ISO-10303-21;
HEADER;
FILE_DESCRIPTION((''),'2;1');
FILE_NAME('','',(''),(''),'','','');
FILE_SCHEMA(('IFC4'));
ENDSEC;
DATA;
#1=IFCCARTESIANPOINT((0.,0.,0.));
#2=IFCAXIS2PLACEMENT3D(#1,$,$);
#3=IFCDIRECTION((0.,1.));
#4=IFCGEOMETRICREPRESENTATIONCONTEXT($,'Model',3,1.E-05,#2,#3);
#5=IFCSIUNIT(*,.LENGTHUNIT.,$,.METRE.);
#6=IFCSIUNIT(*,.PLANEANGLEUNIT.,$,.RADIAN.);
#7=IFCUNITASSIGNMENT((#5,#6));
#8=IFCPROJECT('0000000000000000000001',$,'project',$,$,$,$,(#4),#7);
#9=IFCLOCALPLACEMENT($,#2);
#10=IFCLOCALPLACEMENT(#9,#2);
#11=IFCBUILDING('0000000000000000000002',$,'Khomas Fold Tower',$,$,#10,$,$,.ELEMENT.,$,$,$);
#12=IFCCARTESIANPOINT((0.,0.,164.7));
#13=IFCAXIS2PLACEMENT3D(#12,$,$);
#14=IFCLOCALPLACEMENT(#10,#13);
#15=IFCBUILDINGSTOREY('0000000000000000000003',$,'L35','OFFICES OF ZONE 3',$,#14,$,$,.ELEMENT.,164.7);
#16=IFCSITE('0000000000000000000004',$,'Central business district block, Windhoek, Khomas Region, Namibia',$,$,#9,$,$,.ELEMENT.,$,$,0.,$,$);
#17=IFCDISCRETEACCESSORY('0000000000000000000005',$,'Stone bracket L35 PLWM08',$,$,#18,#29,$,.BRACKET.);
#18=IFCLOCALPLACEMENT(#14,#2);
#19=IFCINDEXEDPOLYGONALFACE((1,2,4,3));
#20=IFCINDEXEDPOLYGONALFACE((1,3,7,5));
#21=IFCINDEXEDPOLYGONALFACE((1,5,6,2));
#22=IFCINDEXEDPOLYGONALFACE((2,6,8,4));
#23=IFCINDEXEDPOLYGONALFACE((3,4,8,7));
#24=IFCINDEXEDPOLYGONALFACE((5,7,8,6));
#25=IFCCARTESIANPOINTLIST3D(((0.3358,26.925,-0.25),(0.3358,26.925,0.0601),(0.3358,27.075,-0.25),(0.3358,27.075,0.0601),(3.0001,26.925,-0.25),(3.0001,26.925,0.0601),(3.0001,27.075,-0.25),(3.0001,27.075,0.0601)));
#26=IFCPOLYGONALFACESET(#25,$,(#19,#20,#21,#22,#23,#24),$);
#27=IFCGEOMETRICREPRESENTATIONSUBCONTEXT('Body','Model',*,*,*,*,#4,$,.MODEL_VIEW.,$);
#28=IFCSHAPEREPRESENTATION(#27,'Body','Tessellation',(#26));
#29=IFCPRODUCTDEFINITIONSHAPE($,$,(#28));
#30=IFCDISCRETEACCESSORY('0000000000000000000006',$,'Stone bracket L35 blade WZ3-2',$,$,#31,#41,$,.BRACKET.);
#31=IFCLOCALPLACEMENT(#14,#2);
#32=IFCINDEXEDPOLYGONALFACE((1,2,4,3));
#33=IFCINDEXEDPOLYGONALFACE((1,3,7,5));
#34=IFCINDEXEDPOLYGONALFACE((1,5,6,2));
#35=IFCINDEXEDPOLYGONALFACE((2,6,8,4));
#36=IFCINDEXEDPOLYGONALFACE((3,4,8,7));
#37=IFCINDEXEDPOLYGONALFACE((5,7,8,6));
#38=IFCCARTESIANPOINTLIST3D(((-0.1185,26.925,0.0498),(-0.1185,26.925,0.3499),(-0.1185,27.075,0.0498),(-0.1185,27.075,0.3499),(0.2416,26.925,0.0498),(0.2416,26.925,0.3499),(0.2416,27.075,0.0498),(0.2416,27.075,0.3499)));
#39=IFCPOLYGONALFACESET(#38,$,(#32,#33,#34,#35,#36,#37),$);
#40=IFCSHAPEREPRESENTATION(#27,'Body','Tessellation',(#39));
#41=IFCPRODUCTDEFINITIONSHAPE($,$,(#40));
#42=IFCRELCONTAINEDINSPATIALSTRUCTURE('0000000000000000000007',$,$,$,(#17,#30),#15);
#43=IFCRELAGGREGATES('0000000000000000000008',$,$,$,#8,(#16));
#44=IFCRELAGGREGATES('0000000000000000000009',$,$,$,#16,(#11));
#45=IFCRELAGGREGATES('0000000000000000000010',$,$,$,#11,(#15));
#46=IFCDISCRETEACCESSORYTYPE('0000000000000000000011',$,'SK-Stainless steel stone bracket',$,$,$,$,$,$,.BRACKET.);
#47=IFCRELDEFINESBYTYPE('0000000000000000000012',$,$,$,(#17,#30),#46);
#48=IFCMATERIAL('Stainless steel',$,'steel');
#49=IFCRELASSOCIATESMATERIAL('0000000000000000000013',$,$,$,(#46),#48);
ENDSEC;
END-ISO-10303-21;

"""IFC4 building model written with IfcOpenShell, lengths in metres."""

from ifc_helpers import new_model, si_unit, direction, frame, origin, origin_2d, place, context, subcontext, project, spatial, rectangle, extrude, source, transform, mapped, material, type_object, element, save


model = new_model("IFC4")

# Units and contexts
model_context = context("Model", 3, precision=1e-05, world=origin(), true_north=direction((0.0, 1.0)))
body_context = subcontext(model_context, "Body", "Model", "MODEL_VIEW")
ifc_project = project(units=[si_unit("LENGTHUNIT", "METRE"), si_unit("PLANEANGLEUNIT", "RADIAN")], contexts=[model_context])

# Site, building, storey
site_placement = place(None, origin())
site = spatial("IfcSite", under=ifc_project, at=site_placement, Name="Central business district block, Windhoek, Khomas Region, Namibia", CompositionType="ELEMENT", RefElevation=0.0)
building_placement = place(site_placement, origin())
building = spatial("IfcBuilding", under=site, at=building_placement, Name="Khomas Fold Tower", CompositionType="ELEMENT")
storey_placement = place(building_placement, frame((0.0, 0.0, 164.7)))
storey = spatial("IfcBuildingStorey", under=building, at=storey_placement, Name="L35", Description="OFFICES OF ZONE 3", CompositionType="ELEMENT", Elevation=164.7)

# Discrete accessories
ifc_material_1 = material(Name="Stainless steel", Category="steel")
discrete_accessory_type = type_object("IfcDiscreteAccessoryType", Name="SK-Stainless steel stone bracket", PredefinedType="BRACKET", material=ifc_material_1)
shared_shape_1 = source(origin(), body_context, "Body", "SweptSolid", [
    extrude(rectangle(XDim=2.6643, YDim=0.1499, at=origin_2d()), origin(), (0.0, 0.0, 1.0), 0.3101),
])
for number, where, z_axis, x_axis, name in (
    (1, (1.668, 27.0, -0.25), (0.0, 0.0, 1.0), (-1.0, 0.0, 0.0), "Stone bracket L35 PLWM08"),
):
    element("IfcDiscreteAccessory", number, at=place(storey_placement, frame(where, z_axis=z_axis, x_axis=x_axis)), inside=storey, type_object=discrete_accessory_type, Name=name, PredefinedType="BRACKET", context=body_context, shape_type="MappedRepresentation", body=[
        mapped(shared_shape_1, transform((0.0, 0.0, 0.0))),
    ])
shared_shape_2 = source(origin(), body_context, "Body", "SweptSolid", [
    extrude(rectangle(XDim=0.3601, YDim=0.1499, at=origin_2d()), origin(), (0.0, 0.0, 1.0), 0.3),
])
discrete_accessory_placement = place(storey_placement, frame((0.0615, 27.0, 0.0498), z_axis=(0.0, 0.0, 1.0), x_axis=(-1.0, 0.0, 0.0)))
element("IfcDiscreteAccessory", 2, at=discrete_accessory_placement, inside=storey, type_object=discrete_accessory_type, Name="Stone bracket L35 blade WZ3-2", PredefinedType="BRACKET", context=body_context, shape_type="MappedRepresentation", body=[
    mapped(shared_shape_2, transform((0.0, 0.0, 0.0))),
])

save(model, "model.ifc")
